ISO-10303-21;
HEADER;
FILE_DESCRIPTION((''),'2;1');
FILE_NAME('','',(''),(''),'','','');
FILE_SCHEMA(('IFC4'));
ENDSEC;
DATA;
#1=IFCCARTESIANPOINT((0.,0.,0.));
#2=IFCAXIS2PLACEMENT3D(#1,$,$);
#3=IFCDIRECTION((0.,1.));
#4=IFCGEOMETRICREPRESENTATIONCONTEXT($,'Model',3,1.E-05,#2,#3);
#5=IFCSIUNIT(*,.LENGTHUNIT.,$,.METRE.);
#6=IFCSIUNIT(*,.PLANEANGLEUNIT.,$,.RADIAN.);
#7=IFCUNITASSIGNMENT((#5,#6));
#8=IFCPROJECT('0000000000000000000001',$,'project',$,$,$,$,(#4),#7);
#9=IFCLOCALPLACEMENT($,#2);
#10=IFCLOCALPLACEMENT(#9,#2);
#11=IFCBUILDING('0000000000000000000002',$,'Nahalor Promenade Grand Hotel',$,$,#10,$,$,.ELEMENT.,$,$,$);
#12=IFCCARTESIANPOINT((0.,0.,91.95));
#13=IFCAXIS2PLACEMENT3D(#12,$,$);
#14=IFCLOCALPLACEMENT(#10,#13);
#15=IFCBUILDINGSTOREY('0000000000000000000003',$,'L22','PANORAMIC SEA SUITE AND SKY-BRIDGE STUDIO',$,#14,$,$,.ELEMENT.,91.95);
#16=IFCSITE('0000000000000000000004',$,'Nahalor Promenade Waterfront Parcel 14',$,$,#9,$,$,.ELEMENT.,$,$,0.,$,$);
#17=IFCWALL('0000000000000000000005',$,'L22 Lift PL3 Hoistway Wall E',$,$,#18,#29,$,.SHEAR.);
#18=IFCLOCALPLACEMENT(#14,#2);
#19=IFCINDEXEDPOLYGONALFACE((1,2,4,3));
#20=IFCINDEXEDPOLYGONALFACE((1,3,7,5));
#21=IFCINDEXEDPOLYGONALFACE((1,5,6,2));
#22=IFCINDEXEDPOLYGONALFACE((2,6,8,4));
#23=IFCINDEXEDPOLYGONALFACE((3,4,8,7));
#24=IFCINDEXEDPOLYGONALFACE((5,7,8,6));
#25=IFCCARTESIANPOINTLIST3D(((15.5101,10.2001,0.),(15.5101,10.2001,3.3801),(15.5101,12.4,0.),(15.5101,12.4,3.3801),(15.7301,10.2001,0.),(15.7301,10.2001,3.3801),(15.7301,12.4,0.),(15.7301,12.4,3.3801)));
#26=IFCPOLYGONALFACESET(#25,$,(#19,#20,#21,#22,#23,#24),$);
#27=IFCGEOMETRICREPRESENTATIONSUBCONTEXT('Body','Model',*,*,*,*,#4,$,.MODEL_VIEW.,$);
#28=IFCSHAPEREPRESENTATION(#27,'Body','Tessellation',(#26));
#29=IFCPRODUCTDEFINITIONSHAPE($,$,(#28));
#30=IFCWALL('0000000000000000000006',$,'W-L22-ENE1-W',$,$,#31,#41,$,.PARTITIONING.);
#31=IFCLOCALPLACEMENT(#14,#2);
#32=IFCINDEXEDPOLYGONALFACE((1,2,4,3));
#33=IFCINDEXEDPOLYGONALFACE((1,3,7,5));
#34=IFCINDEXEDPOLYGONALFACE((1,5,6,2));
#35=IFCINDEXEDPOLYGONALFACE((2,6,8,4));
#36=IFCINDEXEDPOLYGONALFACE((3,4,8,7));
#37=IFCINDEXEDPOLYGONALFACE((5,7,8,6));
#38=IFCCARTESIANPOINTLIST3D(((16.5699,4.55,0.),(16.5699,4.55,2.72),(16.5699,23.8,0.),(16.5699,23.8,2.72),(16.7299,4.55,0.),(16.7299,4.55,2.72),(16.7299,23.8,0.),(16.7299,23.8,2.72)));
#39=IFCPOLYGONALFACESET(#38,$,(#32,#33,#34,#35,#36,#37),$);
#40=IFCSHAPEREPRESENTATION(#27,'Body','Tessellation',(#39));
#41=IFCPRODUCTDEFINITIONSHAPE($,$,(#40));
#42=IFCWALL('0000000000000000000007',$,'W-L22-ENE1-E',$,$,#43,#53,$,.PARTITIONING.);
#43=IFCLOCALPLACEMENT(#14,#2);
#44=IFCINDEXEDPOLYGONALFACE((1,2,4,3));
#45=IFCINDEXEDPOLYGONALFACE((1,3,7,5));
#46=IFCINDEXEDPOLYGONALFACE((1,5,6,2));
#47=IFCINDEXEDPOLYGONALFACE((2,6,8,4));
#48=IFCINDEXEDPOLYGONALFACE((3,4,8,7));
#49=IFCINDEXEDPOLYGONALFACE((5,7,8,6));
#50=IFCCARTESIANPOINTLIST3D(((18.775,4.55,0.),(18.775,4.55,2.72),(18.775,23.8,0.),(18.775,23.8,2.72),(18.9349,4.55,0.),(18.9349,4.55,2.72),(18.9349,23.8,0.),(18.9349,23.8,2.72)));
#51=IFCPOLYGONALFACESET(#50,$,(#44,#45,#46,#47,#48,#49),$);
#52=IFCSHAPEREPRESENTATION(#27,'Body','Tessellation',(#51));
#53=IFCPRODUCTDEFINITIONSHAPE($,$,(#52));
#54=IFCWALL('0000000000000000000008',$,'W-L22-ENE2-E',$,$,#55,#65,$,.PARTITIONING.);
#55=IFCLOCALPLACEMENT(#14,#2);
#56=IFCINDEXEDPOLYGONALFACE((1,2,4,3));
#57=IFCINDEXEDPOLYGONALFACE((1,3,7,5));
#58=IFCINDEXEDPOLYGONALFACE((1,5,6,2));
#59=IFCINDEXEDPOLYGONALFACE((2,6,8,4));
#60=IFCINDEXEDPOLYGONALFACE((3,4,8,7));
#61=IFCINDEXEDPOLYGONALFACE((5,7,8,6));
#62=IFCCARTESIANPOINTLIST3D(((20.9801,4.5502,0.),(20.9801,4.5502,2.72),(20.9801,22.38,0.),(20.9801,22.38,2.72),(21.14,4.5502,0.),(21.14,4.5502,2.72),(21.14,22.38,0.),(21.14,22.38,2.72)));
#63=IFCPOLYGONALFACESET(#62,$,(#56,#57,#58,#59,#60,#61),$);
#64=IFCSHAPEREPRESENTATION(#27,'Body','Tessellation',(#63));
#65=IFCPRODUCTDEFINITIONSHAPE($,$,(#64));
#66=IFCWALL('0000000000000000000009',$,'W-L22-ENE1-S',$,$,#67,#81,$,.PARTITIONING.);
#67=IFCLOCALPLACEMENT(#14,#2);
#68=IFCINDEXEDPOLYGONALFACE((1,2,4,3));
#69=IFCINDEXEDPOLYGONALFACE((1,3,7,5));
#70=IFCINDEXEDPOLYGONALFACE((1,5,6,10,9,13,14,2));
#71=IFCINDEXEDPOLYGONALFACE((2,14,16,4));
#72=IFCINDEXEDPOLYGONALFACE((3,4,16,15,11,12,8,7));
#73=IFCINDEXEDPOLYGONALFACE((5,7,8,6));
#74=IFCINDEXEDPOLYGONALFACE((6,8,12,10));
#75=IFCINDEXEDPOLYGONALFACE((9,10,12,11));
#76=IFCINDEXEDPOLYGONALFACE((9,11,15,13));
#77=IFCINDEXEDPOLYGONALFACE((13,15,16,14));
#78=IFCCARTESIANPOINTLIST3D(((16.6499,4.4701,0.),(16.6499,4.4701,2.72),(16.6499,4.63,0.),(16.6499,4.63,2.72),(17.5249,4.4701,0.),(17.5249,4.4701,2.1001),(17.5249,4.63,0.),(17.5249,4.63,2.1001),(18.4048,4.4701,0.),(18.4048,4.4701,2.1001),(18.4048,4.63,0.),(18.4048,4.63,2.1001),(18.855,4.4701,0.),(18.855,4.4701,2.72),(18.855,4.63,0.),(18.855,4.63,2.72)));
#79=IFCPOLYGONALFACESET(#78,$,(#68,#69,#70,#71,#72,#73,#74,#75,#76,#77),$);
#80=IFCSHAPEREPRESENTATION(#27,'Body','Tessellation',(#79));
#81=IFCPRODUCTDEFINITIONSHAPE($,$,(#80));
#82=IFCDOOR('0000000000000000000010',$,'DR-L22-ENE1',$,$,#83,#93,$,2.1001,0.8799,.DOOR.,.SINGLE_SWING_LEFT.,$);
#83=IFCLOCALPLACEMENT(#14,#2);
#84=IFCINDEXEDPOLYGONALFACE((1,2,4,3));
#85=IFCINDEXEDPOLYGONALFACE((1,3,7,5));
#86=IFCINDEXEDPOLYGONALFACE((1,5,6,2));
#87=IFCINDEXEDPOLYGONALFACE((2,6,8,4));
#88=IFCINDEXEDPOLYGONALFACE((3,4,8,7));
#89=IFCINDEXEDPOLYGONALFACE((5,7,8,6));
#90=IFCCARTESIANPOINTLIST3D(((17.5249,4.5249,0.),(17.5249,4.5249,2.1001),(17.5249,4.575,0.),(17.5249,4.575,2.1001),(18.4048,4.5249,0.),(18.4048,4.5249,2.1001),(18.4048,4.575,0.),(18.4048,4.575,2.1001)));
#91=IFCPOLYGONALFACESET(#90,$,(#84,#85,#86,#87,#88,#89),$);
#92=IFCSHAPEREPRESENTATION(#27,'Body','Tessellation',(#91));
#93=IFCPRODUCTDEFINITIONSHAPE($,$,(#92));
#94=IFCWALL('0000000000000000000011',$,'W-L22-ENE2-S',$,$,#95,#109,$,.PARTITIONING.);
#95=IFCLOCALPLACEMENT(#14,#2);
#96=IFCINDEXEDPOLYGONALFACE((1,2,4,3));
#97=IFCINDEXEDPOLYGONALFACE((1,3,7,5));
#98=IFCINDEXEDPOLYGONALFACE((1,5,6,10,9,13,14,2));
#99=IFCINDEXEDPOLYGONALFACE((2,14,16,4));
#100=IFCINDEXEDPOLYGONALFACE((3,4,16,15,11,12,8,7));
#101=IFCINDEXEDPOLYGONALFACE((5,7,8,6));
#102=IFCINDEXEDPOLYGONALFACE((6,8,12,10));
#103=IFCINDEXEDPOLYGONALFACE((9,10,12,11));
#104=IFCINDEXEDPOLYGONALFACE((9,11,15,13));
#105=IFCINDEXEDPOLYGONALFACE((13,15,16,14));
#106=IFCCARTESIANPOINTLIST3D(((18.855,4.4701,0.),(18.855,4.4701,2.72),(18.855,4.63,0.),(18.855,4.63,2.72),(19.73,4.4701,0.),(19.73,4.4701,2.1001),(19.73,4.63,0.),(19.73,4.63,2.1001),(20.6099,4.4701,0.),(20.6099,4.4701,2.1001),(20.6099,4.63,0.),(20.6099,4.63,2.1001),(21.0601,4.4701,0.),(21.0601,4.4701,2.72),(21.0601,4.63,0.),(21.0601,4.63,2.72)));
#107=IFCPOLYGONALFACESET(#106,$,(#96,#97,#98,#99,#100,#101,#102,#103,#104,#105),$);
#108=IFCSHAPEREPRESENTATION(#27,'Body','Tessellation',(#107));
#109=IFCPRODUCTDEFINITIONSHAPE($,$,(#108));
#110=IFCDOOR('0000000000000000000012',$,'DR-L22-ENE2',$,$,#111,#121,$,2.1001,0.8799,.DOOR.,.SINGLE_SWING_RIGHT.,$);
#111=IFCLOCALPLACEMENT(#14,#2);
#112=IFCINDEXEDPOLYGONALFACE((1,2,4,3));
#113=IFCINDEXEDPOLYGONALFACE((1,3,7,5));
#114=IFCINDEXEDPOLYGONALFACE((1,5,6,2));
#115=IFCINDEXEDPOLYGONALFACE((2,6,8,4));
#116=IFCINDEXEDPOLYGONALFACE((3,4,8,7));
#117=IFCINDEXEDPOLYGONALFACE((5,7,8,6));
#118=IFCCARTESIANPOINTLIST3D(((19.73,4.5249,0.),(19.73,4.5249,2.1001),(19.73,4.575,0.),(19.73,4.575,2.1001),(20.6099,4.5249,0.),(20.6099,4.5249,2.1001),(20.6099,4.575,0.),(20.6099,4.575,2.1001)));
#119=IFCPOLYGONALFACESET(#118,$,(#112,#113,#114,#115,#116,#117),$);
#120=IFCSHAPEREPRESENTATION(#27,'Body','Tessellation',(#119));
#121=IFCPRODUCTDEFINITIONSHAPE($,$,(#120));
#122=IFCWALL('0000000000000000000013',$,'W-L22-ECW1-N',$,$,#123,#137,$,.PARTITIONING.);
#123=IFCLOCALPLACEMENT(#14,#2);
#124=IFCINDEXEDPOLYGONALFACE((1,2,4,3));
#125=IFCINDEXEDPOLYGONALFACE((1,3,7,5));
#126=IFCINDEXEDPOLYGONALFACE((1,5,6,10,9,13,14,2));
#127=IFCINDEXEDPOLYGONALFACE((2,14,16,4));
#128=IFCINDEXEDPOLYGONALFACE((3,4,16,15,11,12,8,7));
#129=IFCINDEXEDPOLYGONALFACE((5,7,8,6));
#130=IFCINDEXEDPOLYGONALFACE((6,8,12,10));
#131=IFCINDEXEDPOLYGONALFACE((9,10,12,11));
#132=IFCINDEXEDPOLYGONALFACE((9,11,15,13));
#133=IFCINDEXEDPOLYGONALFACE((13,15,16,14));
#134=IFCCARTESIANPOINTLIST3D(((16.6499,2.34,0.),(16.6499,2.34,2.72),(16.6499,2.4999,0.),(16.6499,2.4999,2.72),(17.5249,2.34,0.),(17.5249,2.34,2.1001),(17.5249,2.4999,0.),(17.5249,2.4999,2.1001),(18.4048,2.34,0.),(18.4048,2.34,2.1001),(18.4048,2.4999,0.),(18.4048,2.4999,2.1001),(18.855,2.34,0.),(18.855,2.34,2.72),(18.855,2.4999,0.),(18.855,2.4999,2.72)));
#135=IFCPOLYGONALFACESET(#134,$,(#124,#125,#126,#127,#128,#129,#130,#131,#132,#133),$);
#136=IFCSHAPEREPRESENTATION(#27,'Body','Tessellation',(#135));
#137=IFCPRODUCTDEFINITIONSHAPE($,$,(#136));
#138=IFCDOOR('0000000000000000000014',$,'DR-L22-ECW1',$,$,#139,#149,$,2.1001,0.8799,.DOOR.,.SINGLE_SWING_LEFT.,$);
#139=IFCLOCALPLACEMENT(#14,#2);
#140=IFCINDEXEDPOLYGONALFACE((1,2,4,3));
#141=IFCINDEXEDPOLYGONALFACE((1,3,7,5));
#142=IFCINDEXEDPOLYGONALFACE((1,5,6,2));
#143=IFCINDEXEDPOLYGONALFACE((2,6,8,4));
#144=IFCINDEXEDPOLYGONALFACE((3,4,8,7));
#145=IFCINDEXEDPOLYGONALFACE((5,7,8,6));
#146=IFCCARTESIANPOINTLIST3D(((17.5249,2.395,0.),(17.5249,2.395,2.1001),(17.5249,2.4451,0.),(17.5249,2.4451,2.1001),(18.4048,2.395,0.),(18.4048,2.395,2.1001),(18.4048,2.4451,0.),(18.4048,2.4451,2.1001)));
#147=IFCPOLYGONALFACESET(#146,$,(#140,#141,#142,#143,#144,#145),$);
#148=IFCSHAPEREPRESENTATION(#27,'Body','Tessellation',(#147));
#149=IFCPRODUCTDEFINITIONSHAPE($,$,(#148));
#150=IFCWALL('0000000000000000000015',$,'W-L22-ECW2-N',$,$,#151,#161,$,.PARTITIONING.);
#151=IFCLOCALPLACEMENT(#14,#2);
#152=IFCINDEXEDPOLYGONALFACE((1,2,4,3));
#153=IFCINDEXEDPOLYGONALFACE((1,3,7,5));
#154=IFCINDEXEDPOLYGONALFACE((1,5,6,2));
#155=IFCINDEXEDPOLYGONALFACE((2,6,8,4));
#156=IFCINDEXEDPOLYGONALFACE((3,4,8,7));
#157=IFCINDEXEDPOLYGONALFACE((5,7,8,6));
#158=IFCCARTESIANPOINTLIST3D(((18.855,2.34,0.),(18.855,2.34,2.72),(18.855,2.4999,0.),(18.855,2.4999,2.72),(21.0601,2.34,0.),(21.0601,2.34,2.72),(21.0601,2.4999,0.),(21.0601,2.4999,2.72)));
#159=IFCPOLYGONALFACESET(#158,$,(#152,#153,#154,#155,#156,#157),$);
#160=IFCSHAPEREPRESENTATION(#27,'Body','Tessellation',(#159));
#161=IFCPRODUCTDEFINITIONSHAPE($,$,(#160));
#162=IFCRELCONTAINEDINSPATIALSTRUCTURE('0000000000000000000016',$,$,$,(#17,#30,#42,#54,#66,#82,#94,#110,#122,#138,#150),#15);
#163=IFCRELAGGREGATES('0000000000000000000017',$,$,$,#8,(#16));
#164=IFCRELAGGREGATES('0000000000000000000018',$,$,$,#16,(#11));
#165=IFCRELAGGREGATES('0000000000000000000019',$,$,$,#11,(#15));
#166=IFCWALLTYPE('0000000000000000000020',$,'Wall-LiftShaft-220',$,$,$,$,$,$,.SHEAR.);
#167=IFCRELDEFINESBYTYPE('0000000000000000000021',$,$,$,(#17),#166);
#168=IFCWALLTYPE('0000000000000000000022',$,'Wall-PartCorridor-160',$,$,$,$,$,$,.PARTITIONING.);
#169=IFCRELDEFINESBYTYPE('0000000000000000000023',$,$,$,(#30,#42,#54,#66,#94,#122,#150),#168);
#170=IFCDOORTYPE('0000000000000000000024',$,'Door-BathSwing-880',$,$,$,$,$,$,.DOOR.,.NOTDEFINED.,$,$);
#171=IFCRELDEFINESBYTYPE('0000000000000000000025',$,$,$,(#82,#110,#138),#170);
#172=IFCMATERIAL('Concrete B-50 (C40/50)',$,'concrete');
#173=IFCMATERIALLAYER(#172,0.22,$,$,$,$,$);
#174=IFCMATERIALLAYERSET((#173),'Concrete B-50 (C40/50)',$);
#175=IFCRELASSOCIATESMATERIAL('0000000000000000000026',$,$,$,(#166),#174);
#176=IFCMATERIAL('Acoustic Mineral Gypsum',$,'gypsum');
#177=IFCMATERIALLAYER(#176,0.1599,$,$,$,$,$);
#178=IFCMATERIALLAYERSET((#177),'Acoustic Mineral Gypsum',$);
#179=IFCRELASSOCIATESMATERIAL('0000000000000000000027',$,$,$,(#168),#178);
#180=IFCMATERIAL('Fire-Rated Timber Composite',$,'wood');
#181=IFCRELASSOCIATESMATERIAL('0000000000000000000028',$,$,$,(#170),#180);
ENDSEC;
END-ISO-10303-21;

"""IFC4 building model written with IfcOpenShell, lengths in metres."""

from ifc_helpers import new_model, si_unit, direction, frame, frame_2d, origin, place, context, subcontext, project, spatial, rectangle, extrude, source, transform, mapped, material, layer, layer_set, type_object, element, fill, save


model = new_model("IFC4")

# Units and contexts
model_context = context("Model", 3, precision=1e-05, world=origin(), true_north=direction((0.0, 1.0)))
body_context = subcontext(model_context, "Body", "Model", "MODEL_VIEW")
ifc_project = project(units=[si_unit("LENGTHUNIT", "METRE"), si_unit("PLANEANGLEUNIT", "RADIAN")], contexts=[model_context])

# Site, building, storey
site_placement = place(None, origin())
site = spatial("IfcSite", under=ifc_project, at=site_placement, Name="Nahalor Promenade Waterfront Parcel 14", CompositionType="ELEMENT", RefElevation=0.0)
building_placement = place(site_placement, origin())
building = spatial("IfcBuilding", under=site, at=building_placement, Name="Nahalor Promenade Grand Hotel", CompositionType="ELEMENT")
storey_placement = place(building_placement, frame((0.0, 0.0, 91.95)))
storey = spatial("IfcBuildingStorey", under=building, at=storey_placement, Name="L22", Description="PANORAMIC SEA SUITE AND SKY-BRIDGE STUDIO", CompositionType="ELEMENT", Elevation=91.95)

# Walls
ifc_material_1 = material(Name="Concrete B-50 (C40/50)", Category="concrete")
ifc_layer_1 = layer(ifc_material_1, 0.22)
ifc_layer_set_1 = layer_set([ifc_layer_1], Name="Concrete B-50 (C40/50)")
wall_type_1 = type_object("IfcWallType", Name="Wall-LiftShaft-220", PredefinedType="SHEAR", material=ifc_layer_set_1)
shared_shape_1 = source(origin(), body_context, "Body", "SweptSolid", [
    extrude(rectangle(XDim=2.2, YDim=0.22, at=frame_2d((1.1001, 0.0))), origin(), (0.0, 0.0, 1.0), 3.3801),
])
for number, where, z_axis, x_axis, name in (
    (1, (15.6201, 10.2, 0.0), (0.0, 0.0, 1.0), (0.0, 1.0, 0.0), "L22 Lift PL3 Hoistway Wall E"),
):
    element("IfcWall", number, at=place(storey_placement, frame(where, z_axis=z_axis, x_axis=x_axis)), inside=storey, type_object=wall_type_1, Name=name, PredefinedType="SHEAR", context=body_context, shape_type="MappedRepresentation", body=[
        mapped(shared_shape_1, transform((0.0, 0.0, 0.0), scale=1.0)),
    ])
ifc_material_2 = material(Name="Acoustic Mineral Gypsum", Category="gypsum")
ifc_layer_2 = layer(ifc_material_2, 0.1599)
ifc_layer_set_2 = layer_set([ifc_layer_2], Name="Acoustic Mineral Gypsum")
wall_type_2 = type_object("IfcWallType", Name="Wall-PartCorridor-160", PredefinedType="PARTITIONING", material=ifc_layer_set_2)
shared_shape_2 = source(origin(), body_context, "Body", "SweptSolid", [
    extrude(rectangle(XDim=19.25, YDim=0.1599, at=frame_2d((9.625, 0.0))), origin(), (0.0, 0.0, 1.0), 2.72),
])
for number, where, z_axis, x_axis, name in (
    (2, (16.6499, 4.55, 0.0), (0.0, 0.0, 1.0), (0.0, 1.0, 0.0), "W-L22-ENE1-W"),
    (3, (18.855, 4.55, 0.0), (0.0, 0.0, 1.0), (0.0, 1.0, 0.0), "W-L22-ENE1-E"),
):
    element("IfcWall", number, at=place(storey_placement, frame(where, z_axis=z_axis, x_axis=x_axis)), inside=storey, type_object=wall_type_2, Name=name, PredefinedType="PARTITIONING", context=body_context, shape_type="MappedRepresentation", body=[
        mapped(shared_shape_2, transform((0.0, 0.0, 0.0), scale=1.0)),
    ])
shared_shape_3 = source(origin(), body_context, "Body", "SweptSolid", [
    extrude(rectangle(XDim=17.8298, YDim=0.1599, at=frame_2d((8.915, 0.0))), origin(), (0.0, 0.0, 1.0), 2.72),
])
wall_1_placement = place(storey_placement, frame((21.0601, 4.55, 0.0), z_axis=(0.0, 0.0, 1.0), x_axis=(0.0, 1.0, 0.0)))
element("IfcWall", 4, at=wall_1_placement, inside=storey, type_object=wall_type_2, Name="W-L22-ENE2-E", PredefinedType="PARTITIONING", context=body_context, shape_type="MappedRepresentation", body=[
    mapped(shared_shape_3, transform((0.0, 0.0, 0.0), scale=1.0)),
])

# Walls, openings, doors
shared_shape_4 = source(origin(), body_context, "Body", "SweptSolid", [
    extrude(rectangle(XDim=2.2051, YDim=0.1599, at=frame_2d((1.1025, 0.0))), origin(), (0.0, 0.0, 1.0), 2.72),
])
wall_2_placement = place(storey_placement, frame((16.6499, 4.55, 0.0), z_axis=(0.0, 0.0, 1.0), x_axis=(1.0, 0.0, 0.0)))
wall_2 = element("IfcWall", 5, at=wall_2_placement, inside=storey, type_object=wall_type_2, Name="W-L22-ENE1-S", PredefinedType="PARTITIONING", context=body_context, shape_type="MappedRepresentation", body=[
    mapped(shared_shape_4, transform((0.0, 0.0, 0.0), scale=1.0)),
])
opening_1_placement = place(wall_2_placement, frame((0.875, 0.0, 0.0)))
opening_1 = element("IfcOpeningElement", 6, at=opening_1_placement, cuts=wall_2, PredefinedType="OPENING", context=body_context, shape_type="SweptSolid", body=[
    extrude(rectangle(XDim=0.8799, YDim=2.1001, at=frame_2d((0.4399, 1.05))), frame((0.0, 0.0898, 0.0), z_axis=(0.0, -1.0, 0.0), x_axis=(1.0, 0.0, 0.0)), (0.0, 0.0, 1.0), 0.1799),
])
ifc_material_3 = material(Name="Fire-Rated Timber Composite", Category="wood")
door_type = type_object("IfcDoorType", Name="Door-BathSwing-880", OperationType="NOTDEFINED", PredefinedType="DOOR", material=ifc_material_3)
shared_shape_5 = source(origin(), body_context, "Body", "SweptSolid", [
    extrude(rectangle(XDim=0.8799, YDim=2.1001, at=frame_2d((0.4399, 1.05))), frame((0.0, 0.0249, 0.0), z_axis=(0.0, -1.0, 0.0), x_axis=(1.0, 0.0, 0.0)), (0.0, 0.0, 1.0), 0.05),
])
door_1_placement = place(opening_1_placement, origin())
door_1 = element("IfcDoor", 7, at=door_1_placement, inside=storey, type_object=door_type, Name="DR-L22-ENE1", OperationType="SINGLE_SWING_LEFT", OverallHeight=2.1001, OverallWidth=0.8799, PredefinedType="DOOR", context=body_context, shape_type="MappedRepresentation", body=[
    mapped(shared_shape_5, transform((0.0, 0.0, 0.0), scale=1.0)),
])
fill(opening_1, door_1)
wall_3_placement = place(storey_placement, frame((18.855, 4.55, 0.0), z_axis=(0.0, 0.0, 1.0), x_axis=(1.0, 0.0, 0.0)))
wall_3 = element("IfcWall", 8, at=wall_3_placement, inside=storey, type_object=wall_type_2, Name="W-L22-ENE2-S", PredefinedType="PARTITIONING", context=body_context, shape_type="MappedRepresentation", body=[
    mapped(shared_shape_4, transform((0.0, 0.0, 0.0), scale=1.0)),
])
opening_2_placement = place(wall_3_placement, frame((0.875, 0.0, 0.0)))
opening_2 = element("IfcOpeningElement", 9, at=opening_2_placement, cuts=wall_3, PredefinedType="OPENING", context=body_context, shape_type="SweptSolid", body=[
    extrude(rectangle(XDim=0.8799, YDim=2.1001, at=frame_2d((0.4399, 1.05))), frame((0.0, 0.0898, 0.0), z_axis=(0.0, -1.0, 0.0), x_axis=(1.0, 0.0, 0.0)), (0.0, 0.0, 1.0), 0.1799),
])
door_2_placement = place(opening_2_placement, origin())
door_2 = element("IfcDoor", 10, at=door_2_placement, inside=storey, type_object=door_type, Name="DR-L22-ENE2", OperationType="SINGLE_SWING_RIGHT", OverallHeight=2.1001, OverallWidth=0.8799, PredefinedType="DOOR", context=body_context, shape_type="MappedRepresentation", body=[
    mapped(shared_shape_5, transform((0.0, 0.0, 0.0), scale=1.0)),
])
fill(opening_2, door_2)
wall_4_placement = place(storey_placement, frame((16.6499, 2.4199, 0.0), z_axis=(0.0, 0.0, 1.0), x_axis=(1.0, 0.0, 0.0)))
wall_4 = element("IfcWall", 11, at=wall_4_placement, inside=storey, type_object=wall_type_2, Name="W-L22-ECW1-N", PredefinedType="PARTITIONING", context=body_context, shape_type="MappedRepresentation", body=[
    mapped(shared_shape_4, transform((0.0, 0.0, 0.0), scale=1.0)),
])
opening_3_placement = place(wall_4_placement, frame((0.875, 0.0, 0.0)))
opening_3 = element("IfcOpeningElement", 12, at=opening_3_placement, cuts=wall_4, PredefinedType="OPENING", context=body_context, shape_type="SweptSolid", body=[
    extrude(rectangle(XDim=0.8799, YDim=2.1001, at=frame_2d((0.4399, 1.05))), frame((0.0, 0.0898, 0.0), z_axis=(0.0, -1.0, 0.0), x_axis=(1.0, 0.0, 0.0)), (0.0, 0.0, 1.0), 0.1799),
])
door_3_placement = place(opening_3_placement, frame((0.8799, 0.0, 0.0), z_axis=(0.0, 0.0, 1.0), x_axis=(-1.0, 0.0, 0.0)))
door_3 = element("IfcDoor", 13, at=door_3_placement, inside=storey, type_object=door_type, Name="DR-L22-ECW1", OperationType="SINGLE_SWING_LEFT", OverallHeight=2.1001, OverallWidth=0.8799, PredefinedType="DOOR", context=body_context, shape_type="MappedRepresentation", body=[
    mapped(shared_shape_5, transform((0.0, 0.0, 0.0), scale=1.0)),
])
fill(opening_3, door_3)

# Wall
wall_5_placement = place(storey_placement, frame((18.855, 2.4199, 0.0), z_axis=(0.0, 0.0, 1.0), x_axis=(1.0, 0.0, 0.0)))
element("IfcWall", 14, at=wall_5_placement, inside=storey, type_object=wall_type_2, Name="W-L22-ECW2-N", PredefinedType="PARTITIONING", context=body_context, shape_type="MappedRepresentation", body=[
    mapped(shared_shape_4, transform((0.0, 0.0, 0.0), scale=1.0)),
])

save(model, "model.ifc")
